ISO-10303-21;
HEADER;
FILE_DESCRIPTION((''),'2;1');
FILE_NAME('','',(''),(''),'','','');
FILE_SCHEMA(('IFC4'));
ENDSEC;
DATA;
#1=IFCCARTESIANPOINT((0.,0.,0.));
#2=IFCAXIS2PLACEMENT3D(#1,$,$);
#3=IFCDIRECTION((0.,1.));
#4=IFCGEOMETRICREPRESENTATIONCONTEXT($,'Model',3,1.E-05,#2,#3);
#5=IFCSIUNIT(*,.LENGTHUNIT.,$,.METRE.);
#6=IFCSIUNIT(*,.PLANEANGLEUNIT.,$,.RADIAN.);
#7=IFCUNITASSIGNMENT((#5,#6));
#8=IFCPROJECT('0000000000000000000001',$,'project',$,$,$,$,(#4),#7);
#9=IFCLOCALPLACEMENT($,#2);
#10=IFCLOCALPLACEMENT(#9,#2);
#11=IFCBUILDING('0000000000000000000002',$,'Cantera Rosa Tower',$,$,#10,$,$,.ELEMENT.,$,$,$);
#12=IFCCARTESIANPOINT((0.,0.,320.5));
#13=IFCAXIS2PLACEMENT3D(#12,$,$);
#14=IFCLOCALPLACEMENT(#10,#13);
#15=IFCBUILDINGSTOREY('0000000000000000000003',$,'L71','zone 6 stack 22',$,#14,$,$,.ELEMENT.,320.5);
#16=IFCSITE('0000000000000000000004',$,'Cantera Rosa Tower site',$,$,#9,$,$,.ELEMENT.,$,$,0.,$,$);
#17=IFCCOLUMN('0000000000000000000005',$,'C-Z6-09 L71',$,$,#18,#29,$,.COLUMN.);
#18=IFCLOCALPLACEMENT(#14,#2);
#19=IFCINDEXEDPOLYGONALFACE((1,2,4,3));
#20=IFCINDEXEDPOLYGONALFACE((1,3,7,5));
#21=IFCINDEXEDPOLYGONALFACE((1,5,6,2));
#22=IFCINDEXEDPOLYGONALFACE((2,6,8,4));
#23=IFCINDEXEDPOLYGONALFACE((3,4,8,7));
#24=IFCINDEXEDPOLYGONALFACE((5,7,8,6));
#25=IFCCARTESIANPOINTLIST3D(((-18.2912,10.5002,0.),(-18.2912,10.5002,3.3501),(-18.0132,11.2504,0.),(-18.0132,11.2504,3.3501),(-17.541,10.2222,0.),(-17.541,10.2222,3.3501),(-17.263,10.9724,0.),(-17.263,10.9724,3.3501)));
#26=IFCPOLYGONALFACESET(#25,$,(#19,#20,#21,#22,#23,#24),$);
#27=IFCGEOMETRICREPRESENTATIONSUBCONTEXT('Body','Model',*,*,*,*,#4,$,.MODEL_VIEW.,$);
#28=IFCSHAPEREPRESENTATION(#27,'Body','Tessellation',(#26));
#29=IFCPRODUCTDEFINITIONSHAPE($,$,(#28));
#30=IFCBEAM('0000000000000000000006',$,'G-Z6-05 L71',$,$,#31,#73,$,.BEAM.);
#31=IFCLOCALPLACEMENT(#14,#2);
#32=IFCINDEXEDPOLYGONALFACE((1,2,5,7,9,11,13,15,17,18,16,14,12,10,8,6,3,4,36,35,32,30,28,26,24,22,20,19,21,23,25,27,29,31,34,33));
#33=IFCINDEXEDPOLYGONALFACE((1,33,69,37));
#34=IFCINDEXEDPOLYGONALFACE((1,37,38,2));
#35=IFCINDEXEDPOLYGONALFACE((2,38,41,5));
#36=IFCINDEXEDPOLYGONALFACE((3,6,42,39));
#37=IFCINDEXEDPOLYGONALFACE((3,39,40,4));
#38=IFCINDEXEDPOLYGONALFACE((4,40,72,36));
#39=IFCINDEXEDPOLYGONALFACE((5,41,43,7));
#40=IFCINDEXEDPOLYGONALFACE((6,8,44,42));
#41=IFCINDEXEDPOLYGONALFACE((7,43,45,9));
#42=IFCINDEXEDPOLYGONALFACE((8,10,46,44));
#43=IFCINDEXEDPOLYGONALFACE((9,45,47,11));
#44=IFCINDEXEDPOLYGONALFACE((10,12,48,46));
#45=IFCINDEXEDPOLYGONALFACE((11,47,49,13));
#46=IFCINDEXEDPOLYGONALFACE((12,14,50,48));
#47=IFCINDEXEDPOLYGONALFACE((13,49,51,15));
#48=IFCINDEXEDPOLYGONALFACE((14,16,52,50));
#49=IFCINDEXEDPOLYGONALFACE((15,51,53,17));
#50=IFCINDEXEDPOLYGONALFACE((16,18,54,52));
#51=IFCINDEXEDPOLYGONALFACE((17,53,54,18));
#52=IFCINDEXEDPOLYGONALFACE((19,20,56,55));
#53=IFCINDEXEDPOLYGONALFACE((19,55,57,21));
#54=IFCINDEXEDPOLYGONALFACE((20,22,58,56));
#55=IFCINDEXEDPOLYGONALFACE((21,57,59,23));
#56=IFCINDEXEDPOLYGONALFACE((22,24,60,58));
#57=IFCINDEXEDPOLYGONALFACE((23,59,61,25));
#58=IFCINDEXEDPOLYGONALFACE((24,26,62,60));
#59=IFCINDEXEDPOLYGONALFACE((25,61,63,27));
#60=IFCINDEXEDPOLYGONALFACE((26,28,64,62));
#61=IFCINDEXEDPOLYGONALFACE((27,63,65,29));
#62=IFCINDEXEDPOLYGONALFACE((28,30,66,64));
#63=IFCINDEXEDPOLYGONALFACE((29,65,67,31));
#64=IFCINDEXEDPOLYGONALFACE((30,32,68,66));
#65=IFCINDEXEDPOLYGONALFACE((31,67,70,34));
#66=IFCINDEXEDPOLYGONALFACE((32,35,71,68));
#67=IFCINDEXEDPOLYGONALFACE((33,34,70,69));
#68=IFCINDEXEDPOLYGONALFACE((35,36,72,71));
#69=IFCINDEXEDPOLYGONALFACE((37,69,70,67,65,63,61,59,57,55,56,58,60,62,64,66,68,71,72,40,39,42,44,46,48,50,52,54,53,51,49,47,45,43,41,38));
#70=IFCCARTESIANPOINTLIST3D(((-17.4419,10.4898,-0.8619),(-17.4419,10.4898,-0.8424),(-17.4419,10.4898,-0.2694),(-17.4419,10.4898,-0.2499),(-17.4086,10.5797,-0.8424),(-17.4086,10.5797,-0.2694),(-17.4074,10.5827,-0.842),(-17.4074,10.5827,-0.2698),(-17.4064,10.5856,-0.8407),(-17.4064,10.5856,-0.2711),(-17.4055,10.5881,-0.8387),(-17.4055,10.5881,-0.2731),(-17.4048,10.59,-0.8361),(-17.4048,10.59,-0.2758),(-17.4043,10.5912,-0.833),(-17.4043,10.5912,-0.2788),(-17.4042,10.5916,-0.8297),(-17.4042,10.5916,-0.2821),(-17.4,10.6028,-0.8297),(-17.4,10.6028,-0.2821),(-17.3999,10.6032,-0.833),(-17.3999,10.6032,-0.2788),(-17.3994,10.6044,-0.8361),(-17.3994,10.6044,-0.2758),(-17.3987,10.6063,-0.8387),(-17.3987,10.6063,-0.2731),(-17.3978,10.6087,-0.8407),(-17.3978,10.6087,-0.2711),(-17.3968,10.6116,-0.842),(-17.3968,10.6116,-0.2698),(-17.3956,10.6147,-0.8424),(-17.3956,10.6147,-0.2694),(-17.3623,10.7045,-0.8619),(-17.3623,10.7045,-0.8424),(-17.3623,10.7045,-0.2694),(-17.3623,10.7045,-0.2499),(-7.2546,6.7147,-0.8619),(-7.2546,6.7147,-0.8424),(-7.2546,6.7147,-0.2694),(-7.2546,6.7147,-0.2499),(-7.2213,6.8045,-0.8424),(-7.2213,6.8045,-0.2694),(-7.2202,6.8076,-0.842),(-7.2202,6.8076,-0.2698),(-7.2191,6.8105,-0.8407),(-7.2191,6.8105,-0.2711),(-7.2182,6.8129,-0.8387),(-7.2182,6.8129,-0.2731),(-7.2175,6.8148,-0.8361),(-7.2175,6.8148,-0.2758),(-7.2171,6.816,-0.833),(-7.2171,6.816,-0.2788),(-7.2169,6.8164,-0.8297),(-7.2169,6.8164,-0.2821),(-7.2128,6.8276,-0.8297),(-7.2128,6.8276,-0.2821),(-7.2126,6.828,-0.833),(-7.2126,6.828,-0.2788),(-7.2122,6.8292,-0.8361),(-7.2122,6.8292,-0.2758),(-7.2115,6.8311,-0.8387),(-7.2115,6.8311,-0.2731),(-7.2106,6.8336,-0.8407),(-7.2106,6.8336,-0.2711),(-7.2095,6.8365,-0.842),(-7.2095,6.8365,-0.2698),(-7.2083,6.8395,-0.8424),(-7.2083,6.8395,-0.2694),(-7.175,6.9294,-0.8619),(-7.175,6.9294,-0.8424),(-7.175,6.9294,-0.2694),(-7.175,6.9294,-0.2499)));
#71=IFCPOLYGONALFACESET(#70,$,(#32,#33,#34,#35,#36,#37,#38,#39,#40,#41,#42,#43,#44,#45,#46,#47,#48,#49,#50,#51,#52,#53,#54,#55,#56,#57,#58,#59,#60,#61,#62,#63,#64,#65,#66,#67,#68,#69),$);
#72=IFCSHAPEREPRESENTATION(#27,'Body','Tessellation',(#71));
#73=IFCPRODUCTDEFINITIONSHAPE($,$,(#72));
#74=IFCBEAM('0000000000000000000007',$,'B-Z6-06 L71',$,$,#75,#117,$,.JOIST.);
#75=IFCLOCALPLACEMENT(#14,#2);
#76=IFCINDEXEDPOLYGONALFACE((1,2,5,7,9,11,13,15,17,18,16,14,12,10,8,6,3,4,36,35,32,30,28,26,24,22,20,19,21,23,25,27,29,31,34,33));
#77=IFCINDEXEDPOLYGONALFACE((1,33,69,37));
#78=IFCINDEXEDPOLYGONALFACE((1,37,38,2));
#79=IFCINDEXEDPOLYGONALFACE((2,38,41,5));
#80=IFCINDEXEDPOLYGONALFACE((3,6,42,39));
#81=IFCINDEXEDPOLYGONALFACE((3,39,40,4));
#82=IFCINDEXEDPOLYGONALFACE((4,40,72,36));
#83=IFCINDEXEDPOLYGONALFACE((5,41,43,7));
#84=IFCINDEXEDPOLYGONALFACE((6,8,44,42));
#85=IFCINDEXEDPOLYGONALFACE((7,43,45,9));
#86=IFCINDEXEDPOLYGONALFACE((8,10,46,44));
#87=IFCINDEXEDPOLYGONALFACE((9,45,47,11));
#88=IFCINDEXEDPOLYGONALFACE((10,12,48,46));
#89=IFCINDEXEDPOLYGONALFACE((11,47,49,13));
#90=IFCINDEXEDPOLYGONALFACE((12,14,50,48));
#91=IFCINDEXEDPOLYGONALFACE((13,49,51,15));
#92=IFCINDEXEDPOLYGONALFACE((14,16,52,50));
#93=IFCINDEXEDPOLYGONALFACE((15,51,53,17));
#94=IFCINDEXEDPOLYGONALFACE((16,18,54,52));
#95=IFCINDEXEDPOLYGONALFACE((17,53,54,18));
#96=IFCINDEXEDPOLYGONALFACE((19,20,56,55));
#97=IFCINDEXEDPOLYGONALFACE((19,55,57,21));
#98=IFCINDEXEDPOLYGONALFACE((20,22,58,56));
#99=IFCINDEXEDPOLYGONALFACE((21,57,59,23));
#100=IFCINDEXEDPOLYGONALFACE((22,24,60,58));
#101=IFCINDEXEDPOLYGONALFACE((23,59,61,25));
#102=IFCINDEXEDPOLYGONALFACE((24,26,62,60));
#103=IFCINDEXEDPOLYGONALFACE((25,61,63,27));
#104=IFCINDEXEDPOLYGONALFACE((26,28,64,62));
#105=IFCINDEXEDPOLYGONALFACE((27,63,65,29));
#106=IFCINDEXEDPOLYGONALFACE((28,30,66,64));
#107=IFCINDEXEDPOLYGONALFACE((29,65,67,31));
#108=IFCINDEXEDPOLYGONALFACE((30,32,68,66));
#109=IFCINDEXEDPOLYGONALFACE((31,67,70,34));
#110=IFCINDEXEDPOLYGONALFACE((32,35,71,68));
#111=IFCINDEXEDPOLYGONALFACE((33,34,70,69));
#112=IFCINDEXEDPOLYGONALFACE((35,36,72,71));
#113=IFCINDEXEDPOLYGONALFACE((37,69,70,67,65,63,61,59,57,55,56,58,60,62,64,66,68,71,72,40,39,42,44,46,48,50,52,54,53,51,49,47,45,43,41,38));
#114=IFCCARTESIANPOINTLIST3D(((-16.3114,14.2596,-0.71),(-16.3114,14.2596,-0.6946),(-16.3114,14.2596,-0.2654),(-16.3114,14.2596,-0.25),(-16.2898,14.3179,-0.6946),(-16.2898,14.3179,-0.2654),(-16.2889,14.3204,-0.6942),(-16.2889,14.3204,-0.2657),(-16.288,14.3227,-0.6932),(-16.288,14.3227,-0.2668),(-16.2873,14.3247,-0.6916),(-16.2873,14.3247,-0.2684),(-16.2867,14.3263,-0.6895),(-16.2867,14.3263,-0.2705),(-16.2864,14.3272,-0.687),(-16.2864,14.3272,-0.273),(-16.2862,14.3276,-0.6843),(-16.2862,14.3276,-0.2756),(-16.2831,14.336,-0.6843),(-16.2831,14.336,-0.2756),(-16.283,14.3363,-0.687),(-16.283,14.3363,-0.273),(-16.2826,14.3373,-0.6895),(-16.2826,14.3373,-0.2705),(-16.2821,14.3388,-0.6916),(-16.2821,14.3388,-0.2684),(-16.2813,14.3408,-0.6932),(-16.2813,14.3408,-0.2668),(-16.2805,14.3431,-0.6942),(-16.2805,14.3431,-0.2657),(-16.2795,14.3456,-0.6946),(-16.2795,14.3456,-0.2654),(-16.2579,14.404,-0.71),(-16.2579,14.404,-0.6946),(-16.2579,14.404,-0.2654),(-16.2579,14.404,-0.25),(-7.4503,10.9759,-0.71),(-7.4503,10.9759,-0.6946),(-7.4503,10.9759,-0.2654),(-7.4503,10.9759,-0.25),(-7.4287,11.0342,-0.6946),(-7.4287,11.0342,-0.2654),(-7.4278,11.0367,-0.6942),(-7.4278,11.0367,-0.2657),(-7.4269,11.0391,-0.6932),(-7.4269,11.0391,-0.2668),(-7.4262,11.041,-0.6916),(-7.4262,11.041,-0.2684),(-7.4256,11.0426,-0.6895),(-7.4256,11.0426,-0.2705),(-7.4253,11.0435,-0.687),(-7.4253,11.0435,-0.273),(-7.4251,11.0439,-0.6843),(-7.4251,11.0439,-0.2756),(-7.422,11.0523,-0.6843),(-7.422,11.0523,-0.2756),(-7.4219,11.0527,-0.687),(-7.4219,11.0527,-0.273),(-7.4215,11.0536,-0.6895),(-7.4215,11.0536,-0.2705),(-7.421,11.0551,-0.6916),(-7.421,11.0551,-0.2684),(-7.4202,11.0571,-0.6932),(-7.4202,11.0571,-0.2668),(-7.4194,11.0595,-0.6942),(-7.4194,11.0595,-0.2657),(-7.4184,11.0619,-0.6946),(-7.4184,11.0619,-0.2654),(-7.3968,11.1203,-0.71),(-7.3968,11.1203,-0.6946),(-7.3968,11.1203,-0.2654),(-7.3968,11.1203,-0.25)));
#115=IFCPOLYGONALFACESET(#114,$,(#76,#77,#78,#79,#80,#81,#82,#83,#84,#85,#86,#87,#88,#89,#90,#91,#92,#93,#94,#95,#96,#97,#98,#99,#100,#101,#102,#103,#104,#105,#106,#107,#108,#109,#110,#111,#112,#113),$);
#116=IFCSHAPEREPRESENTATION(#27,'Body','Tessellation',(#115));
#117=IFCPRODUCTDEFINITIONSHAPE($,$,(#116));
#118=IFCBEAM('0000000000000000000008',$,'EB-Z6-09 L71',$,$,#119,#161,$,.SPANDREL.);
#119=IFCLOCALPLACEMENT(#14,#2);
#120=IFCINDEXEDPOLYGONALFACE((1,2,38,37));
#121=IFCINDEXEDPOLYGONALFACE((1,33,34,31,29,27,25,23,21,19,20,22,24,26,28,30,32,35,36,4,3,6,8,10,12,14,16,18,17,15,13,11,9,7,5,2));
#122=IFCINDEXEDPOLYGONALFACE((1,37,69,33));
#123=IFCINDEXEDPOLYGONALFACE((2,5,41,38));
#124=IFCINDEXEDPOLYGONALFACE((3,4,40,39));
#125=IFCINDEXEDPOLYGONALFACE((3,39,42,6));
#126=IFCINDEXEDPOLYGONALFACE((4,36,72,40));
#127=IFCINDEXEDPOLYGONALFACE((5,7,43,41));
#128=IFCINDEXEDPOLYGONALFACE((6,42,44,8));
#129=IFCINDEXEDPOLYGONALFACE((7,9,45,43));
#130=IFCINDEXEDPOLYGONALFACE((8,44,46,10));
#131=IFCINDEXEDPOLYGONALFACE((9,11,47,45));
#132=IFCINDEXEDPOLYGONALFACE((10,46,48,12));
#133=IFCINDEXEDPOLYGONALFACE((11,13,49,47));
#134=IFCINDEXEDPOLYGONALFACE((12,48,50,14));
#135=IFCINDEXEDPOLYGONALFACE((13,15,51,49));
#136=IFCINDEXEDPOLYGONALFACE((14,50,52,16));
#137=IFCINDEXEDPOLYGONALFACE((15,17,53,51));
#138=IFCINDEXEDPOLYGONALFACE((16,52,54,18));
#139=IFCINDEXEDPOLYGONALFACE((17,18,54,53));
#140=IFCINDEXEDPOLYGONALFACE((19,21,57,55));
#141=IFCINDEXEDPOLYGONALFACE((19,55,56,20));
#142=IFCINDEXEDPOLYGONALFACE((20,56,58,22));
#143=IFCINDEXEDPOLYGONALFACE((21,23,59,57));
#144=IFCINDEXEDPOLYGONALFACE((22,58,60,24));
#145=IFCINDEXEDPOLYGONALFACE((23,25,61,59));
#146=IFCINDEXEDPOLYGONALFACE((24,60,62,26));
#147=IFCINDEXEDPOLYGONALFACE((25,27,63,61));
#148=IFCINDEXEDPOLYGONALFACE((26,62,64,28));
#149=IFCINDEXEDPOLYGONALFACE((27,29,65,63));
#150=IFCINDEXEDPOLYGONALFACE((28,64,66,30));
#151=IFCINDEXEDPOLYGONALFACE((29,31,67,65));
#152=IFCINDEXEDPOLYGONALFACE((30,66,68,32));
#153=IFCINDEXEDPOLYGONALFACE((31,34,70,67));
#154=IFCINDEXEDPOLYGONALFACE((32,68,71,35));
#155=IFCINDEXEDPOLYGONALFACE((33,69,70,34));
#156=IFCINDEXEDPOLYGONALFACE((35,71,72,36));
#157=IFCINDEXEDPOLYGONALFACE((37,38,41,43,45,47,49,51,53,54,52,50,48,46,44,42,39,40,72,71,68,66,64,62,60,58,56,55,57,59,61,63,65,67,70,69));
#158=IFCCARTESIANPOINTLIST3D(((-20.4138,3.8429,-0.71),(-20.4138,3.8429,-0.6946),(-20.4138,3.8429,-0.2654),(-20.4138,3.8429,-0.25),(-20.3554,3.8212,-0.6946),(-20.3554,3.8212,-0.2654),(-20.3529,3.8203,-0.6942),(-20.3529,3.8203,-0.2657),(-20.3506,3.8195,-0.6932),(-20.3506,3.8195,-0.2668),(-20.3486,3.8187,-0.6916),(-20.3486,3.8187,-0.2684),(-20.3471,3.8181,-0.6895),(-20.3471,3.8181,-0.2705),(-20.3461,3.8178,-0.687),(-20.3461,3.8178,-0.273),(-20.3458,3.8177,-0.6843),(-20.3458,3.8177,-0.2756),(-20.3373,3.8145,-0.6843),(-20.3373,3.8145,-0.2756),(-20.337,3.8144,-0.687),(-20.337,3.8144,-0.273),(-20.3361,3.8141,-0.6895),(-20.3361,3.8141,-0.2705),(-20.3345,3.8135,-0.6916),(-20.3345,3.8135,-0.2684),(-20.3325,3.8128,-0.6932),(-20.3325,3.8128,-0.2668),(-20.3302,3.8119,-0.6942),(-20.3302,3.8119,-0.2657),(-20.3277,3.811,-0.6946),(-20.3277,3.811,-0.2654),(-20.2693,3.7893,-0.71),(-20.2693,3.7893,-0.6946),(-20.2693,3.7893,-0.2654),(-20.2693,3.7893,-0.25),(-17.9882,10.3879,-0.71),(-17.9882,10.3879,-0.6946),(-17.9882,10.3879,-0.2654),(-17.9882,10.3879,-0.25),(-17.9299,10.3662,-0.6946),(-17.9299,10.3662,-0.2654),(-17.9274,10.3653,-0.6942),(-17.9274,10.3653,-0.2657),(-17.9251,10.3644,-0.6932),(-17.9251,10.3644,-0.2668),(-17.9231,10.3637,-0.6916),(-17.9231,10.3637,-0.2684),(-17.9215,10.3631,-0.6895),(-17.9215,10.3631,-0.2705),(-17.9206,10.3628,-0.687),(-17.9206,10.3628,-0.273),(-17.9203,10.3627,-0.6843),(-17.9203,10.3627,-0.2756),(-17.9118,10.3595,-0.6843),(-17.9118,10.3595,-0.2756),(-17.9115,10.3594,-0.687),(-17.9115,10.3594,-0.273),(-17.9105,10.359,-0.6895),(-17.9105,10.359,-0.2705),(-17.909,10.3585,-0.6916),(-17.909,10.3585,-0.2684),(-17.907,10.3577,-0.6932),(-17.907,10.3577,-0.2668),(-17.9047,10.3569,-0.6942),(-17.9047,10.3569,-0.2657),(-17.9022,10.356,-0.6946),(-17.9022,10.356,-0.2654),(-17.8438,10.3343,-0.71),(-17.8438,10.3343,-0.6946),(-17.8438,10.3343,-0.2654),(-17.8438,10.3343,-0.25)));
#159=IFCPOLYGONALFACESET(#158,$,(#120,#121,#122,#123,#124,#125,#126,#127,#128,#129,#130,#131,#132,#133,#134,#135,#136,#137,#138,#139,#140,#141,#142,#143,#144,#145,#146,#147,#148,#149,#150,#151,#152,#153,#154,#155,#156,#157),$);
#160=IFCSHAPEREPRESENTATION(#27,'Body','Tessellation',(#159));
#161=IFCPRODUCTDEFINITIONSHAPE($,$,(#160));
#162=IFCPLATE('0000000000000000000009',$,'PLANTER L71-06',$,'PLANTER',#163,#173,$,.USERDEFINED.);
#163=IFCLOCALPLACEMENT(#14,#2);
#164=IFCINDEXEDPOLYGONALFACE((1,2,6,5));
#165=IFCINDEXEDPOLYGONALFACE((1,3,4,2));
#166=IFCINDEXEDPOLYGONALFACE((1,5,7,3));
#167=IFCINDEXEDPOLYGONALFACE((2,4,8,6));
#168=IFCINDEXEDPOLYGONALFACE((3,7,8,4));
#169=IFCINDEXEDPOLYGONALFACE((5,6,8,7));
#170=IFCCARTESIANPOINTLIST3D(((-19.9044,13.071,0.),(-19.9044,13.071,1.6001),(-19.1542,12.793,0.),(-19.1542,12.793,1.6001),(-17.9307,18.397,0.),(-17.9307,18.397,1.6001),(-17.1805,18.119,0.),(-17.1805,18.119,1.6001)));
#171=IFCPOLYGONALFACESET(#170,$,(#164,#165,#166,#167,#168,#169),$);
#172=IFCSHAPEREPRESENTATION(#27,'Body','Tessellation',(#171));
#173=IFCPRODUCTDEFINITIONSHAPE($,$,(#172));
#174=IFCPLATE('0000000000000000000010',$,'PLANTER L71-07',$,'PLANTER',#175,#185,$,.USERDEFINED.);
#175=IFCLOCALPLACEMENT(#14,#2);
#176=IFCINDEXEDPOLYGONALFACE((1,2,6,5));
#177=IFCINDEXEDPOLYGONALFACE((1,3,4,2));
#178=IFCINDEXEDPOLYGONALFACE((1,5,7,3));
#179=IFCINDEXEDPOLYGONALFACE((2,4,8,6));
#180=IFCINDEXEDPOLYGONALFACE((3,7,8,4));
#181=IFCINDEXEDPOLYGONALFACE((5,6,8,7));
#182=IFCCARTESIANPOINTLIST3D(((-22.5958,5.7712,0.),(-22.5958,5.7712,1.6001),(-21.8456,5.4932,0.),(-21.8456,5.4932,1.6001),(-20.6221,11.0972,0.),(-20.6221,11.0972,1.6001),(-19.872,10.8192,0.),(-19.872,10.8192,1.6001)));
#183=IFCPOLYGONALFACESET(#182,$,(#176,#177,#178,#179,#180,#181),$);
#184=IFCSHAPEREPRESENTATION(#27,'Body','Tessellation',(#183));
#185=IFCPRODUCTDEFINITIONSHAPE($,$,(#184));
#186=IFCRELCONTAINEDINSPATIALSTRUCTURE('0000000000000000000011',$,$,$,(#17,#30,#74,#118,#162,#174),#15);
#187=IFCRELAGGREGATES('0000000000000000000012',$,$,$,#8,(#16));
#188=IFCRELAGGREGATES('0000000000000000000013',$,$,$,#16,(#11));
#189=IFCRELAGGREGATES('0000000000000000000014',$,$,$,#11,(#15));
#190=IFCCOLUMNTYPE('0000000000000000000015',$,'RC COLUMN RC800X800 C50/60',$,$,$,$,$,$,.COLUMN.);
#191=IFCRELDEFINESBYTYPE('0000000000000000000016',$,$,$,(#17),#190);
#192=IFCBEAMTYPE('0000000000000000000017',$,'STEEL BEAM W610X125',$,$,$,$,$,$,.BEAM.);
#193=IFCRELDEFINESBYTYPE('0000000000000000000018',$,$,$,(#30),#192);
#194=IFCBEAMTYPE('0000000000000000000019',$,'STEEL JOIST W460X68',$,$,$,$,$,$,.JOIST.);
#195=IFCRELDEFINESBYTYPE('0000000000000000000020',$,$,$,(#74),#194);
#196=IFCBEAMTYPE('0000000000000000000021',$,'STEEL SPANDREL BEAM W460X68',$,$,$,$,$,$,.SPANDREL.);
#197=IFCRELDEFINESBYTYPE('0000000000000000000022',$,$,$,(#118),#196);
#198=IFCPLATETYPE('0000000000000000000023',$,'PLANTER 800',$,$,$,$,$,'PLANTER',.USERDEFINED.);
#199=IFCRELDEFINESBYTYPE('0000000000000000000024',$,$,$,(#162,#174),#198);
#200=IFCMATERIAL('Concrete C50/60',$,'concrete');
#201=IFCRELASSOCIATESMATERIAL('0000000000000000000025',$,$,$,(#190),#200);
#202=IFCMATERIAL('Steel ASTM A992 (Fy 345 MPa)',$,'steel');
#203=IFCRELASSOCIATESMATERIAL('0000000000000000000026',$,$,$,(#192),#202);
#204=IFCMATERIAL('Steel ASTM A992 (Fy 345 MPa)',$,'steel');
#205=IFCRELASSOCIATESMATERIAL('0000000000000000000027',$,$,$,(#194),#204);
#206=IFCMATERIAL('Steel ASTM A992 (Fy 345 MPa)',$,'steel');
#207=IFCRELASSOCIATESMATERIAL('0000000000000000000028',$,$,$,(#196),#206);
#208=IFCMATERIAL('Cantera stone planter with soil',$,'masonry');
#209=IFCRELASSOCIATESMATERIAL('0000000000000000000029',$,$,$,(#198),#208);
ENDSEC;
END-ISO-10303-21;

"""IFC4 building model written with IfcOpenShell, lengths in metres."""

from ifc_helpers import new_model, si_unit, direction, frame, origin, origin_2d, place, context, subcontext, project, spatial, rectangle, i_section, extrude, material, material_profile, profile_set, type_object, element, save


model = new_model("IFC4")

# Units and contexts
model_context = context("Model", 3, precision=1e-05, world=origin(), true_north=direction((0.0, 1.0)))
body_context = subcontext(model_context, "Body", "Model", "MODEL_VIEW")
ifc_project = project(units=[si_unit("LENGTHUNIT", "METRE"), si_unit("PLANEANGLEUNIT", "RADIAN")], contexts=[model_context])

# Site, building, storey
site_placement = place(None, origin())
site = spatial("IfcSite", under=ifc_project, at=site_placement, Name="Cantera Rosa Tower site", CompositionType="ELEMENT", RefElevation=0.0)
building_placement = place(site_placement, origin())
building = spatial("IfcBuilding", under=site, at=building_placement, Name="Cantera Rosa Tower", CompositionType="ELEMENT")
storey_placement = place(building_placement, frame((0.0, 0.0, 320.5)))
storey = spatial("IfcBuildingStorey", under=building, at=storey_placement, Name="L71", Description="zone 6 stack 22", CompositionType="ELEMENT", Elevation=320.5)

# Column
ifc_material_1 = material(Name="Concrete C50/60", Category="concrete")
ifc_material_profile_1 = material_profile(ifc_material_1, rectangle(XDim=0.8, YDim=0.8, at=origin_2d()), Name="RC COLUMN RC800X800 C50/60")
ifc_profile_set_1 = profile_set([ifc_material_profile_1], Name="Concrete C50/60")
column_type = type_object("IfcColumnType", Name="RC COLUMN RC800X800 C50/60", PredefinedType="COLUMN", material=ifc_profile_set_1)
column_placement = place(storey_placement, frame((-17.7771, 10.7363, 0.0), z_axis=(0.0, 0.0, 1.0), x_axis=(0.347481, 0.937687, 0.0)))
element("IfcColumn", 1, at=column_placement, inside=storey, type_object=column_type, Name="C-Z6-09 L71", PredefinedType="COLUMN", context=body_context, shape_type="SweptSolid", body=[
    extrude(rectangle(XDim=0.8, YDim=0.8, at=origin_2d()), origin(), (0.0, 0.0, 1.0), 3.3501),
])

# Beams
ifc_material_2 = material(Name="Steel ASTM A992 (Fy 345 MPa)", Category="steel")
ifc_material_profile_2 = material_profile(ifc_material_2, i_section(OverallWidth=0.229, OverallDepth=0.6121, WebThickness=0.012, FlangeThickness=0.0195, FilletRadius=0.0127, at=origin_2d()), Name="W610X125")
ifc_profile_set_2 = profile_set([ifc_material_profile_2], Name="Steel ASTM A992 (Fy 345 MPa)")
beam_type_1 = type_object("IfcBeamType", Name="STEEL BEAM W610X125", PredefinedType="BEAM", material=ifc_profile_set_2)
beam_1_placement = place(storey_placement, frame((-17.4021, 10.5972, -0.5559), z_axis=(0.937686, -0.347483, 0.0), x_axis=(0.347483, 0.937686, 0.0)))
element("IfcBeam", 2, at=beam_1_placement, inside=storey, type_object=beam_type_1, Name="G-Z6-05 L71", PredefinedType="BEAM", context=body_context, shape_type="SweptSolid", body=[
    extrude(i_section(OverallWidth=0.229, OverallDepth=0.6121, WebThickness=0.012, FlangeThickness=0.0195, FilletRadius=0.0127, at=origin_2d()), origin(), (0.0, 0.0, 1.0), 10.8643),
])
ifc_material_3 = material(Name="Steel ASTM A992 (Fy 345 MPa)", Category="steel")
ifc_material_profile_3 = material_profile(ifc_material_3, i_section(OverallWidth=0.1541, OverallDepth=0.46, WebThickness=0.009, FlangeThickness=0.0154, FilletRadius=0.0103, at=origin_2d()), Name="W460X68")
ifc_profile_set_3 = profile_set([ifc_material_profile_3], Name="Steel ASTM A992 (Fy 345 MPa)")
beam_type_2 = type_object("IfcBeamType", Name="STEEL JOIST W460X68", PredefinedType="JOIST", material=ifc_profile_set_3)
beam_2_placement = place(storey_placement, frame((-16.2847, 14.3318, -0.48), z_axis=(0.937686, -0.347483, 0.0), x_axis=(0.347483, 0.937686, 0.0)))
element("IfcBeam", 3, at=beam_2_placement, inside=storey, type_object=beam_type_2, Name="B-Z6-06 L71", PredefinedType="JOIST", context=body_context, shape_type="SweptSolid", body=[
    extrude(i_section(OverallWidth=0.1541, OverallDepth=0.46, WebThickness=0.009, FlangeThickness=0.0154, FilletRadius=0.0103, at=origin_2d()), origin(), (0.0, 0.0, 1.0), 9.45),
])
ifc_material_4 = material(Name="Steel ASTM A992 (Fy 345 MPa)", Category="steel")
ifc_material_profile_4 = material_profile(ifc_material_4, i_section(OverallWidth=0.1541, OverallDepth=0.46, WebThickness=0.009, FlangeThickness=0.0154, FilletRadius=0.0103, at=origin_2d()), Name="W460X68")
ifc_profile_set_4 = profile_set([ifc_material_profile_4], Name="Steel ASTM A992 (Fy 345 MPa)")
beam_type_3 = type_object("IfcBeamType", Name="STEEL SPANDREL BEAM W460X68", PredefinedType="SPANDREL", material=ifc_profile_set_4)
beam_3_placement = place(storey_placement, frame((-17.916, 10.3611, -0.48), z_axis=(-0.347502, -0.937679, 0.0), x_axis=(0.937679, -0.347502, 0.0)))
element("IfcBeam", 4, at=beam_3_placement, inside=storey, type_object=beam_type_3, Name="EB-Z6-09 L71", PredefinedType="SPANDREL", context=body_context, shape_type="SweptSolid", body=[
    extrude(i_section(OverallWidth=0.1541, OverallDepth=0.46, WebThickness=0.009, FlangeThickness=0.0154, FilletRadius=0.0103, at=origin_2d()), origin(), (0.0, 0.0, 1.0), 6.98),
])

# Plates
ifc_material_5 = material(Name="Cantera stone planter with soil", Category="masonry")
plate_type = type_object("IfcPlateType", Name="PLANTER 800", ElementType="PLANTER", PredefinedType="USERDEFINED", material=ifc_material_5)
for number, where, z_axis, x_axis, name in (
    (5, (-18.5425, 15.595, 0.0), (0.0, 0.0, 1.0), (-0.347481, -0.937687, 0.0), "PLANTER L71-06"),
    (6, (-21.2339, 8.2952, 0.0), (0.0, 0.0, 1.0), (-0.347481, -0.937687, 0.0), "PLANTER L71-07"),
):
    element("IfcPlate", number, at=place(storey_placement, frame(where, z_axis=z_axis, x_axis=x_axis)), inside=storey, type_object=plate_type, Name=name, ObjectType="PLANTER", PredefinedType="USERDEFINED", context=body_context, shape_type="SweptSolid", body=[
        extrude(rectangle(XDim=5.6799, YDim=0.8, at=origin_2d()), origin(), (0.0, 0.0, 1.0), 1.6001),
    ])

save(model, "model.ifc")
